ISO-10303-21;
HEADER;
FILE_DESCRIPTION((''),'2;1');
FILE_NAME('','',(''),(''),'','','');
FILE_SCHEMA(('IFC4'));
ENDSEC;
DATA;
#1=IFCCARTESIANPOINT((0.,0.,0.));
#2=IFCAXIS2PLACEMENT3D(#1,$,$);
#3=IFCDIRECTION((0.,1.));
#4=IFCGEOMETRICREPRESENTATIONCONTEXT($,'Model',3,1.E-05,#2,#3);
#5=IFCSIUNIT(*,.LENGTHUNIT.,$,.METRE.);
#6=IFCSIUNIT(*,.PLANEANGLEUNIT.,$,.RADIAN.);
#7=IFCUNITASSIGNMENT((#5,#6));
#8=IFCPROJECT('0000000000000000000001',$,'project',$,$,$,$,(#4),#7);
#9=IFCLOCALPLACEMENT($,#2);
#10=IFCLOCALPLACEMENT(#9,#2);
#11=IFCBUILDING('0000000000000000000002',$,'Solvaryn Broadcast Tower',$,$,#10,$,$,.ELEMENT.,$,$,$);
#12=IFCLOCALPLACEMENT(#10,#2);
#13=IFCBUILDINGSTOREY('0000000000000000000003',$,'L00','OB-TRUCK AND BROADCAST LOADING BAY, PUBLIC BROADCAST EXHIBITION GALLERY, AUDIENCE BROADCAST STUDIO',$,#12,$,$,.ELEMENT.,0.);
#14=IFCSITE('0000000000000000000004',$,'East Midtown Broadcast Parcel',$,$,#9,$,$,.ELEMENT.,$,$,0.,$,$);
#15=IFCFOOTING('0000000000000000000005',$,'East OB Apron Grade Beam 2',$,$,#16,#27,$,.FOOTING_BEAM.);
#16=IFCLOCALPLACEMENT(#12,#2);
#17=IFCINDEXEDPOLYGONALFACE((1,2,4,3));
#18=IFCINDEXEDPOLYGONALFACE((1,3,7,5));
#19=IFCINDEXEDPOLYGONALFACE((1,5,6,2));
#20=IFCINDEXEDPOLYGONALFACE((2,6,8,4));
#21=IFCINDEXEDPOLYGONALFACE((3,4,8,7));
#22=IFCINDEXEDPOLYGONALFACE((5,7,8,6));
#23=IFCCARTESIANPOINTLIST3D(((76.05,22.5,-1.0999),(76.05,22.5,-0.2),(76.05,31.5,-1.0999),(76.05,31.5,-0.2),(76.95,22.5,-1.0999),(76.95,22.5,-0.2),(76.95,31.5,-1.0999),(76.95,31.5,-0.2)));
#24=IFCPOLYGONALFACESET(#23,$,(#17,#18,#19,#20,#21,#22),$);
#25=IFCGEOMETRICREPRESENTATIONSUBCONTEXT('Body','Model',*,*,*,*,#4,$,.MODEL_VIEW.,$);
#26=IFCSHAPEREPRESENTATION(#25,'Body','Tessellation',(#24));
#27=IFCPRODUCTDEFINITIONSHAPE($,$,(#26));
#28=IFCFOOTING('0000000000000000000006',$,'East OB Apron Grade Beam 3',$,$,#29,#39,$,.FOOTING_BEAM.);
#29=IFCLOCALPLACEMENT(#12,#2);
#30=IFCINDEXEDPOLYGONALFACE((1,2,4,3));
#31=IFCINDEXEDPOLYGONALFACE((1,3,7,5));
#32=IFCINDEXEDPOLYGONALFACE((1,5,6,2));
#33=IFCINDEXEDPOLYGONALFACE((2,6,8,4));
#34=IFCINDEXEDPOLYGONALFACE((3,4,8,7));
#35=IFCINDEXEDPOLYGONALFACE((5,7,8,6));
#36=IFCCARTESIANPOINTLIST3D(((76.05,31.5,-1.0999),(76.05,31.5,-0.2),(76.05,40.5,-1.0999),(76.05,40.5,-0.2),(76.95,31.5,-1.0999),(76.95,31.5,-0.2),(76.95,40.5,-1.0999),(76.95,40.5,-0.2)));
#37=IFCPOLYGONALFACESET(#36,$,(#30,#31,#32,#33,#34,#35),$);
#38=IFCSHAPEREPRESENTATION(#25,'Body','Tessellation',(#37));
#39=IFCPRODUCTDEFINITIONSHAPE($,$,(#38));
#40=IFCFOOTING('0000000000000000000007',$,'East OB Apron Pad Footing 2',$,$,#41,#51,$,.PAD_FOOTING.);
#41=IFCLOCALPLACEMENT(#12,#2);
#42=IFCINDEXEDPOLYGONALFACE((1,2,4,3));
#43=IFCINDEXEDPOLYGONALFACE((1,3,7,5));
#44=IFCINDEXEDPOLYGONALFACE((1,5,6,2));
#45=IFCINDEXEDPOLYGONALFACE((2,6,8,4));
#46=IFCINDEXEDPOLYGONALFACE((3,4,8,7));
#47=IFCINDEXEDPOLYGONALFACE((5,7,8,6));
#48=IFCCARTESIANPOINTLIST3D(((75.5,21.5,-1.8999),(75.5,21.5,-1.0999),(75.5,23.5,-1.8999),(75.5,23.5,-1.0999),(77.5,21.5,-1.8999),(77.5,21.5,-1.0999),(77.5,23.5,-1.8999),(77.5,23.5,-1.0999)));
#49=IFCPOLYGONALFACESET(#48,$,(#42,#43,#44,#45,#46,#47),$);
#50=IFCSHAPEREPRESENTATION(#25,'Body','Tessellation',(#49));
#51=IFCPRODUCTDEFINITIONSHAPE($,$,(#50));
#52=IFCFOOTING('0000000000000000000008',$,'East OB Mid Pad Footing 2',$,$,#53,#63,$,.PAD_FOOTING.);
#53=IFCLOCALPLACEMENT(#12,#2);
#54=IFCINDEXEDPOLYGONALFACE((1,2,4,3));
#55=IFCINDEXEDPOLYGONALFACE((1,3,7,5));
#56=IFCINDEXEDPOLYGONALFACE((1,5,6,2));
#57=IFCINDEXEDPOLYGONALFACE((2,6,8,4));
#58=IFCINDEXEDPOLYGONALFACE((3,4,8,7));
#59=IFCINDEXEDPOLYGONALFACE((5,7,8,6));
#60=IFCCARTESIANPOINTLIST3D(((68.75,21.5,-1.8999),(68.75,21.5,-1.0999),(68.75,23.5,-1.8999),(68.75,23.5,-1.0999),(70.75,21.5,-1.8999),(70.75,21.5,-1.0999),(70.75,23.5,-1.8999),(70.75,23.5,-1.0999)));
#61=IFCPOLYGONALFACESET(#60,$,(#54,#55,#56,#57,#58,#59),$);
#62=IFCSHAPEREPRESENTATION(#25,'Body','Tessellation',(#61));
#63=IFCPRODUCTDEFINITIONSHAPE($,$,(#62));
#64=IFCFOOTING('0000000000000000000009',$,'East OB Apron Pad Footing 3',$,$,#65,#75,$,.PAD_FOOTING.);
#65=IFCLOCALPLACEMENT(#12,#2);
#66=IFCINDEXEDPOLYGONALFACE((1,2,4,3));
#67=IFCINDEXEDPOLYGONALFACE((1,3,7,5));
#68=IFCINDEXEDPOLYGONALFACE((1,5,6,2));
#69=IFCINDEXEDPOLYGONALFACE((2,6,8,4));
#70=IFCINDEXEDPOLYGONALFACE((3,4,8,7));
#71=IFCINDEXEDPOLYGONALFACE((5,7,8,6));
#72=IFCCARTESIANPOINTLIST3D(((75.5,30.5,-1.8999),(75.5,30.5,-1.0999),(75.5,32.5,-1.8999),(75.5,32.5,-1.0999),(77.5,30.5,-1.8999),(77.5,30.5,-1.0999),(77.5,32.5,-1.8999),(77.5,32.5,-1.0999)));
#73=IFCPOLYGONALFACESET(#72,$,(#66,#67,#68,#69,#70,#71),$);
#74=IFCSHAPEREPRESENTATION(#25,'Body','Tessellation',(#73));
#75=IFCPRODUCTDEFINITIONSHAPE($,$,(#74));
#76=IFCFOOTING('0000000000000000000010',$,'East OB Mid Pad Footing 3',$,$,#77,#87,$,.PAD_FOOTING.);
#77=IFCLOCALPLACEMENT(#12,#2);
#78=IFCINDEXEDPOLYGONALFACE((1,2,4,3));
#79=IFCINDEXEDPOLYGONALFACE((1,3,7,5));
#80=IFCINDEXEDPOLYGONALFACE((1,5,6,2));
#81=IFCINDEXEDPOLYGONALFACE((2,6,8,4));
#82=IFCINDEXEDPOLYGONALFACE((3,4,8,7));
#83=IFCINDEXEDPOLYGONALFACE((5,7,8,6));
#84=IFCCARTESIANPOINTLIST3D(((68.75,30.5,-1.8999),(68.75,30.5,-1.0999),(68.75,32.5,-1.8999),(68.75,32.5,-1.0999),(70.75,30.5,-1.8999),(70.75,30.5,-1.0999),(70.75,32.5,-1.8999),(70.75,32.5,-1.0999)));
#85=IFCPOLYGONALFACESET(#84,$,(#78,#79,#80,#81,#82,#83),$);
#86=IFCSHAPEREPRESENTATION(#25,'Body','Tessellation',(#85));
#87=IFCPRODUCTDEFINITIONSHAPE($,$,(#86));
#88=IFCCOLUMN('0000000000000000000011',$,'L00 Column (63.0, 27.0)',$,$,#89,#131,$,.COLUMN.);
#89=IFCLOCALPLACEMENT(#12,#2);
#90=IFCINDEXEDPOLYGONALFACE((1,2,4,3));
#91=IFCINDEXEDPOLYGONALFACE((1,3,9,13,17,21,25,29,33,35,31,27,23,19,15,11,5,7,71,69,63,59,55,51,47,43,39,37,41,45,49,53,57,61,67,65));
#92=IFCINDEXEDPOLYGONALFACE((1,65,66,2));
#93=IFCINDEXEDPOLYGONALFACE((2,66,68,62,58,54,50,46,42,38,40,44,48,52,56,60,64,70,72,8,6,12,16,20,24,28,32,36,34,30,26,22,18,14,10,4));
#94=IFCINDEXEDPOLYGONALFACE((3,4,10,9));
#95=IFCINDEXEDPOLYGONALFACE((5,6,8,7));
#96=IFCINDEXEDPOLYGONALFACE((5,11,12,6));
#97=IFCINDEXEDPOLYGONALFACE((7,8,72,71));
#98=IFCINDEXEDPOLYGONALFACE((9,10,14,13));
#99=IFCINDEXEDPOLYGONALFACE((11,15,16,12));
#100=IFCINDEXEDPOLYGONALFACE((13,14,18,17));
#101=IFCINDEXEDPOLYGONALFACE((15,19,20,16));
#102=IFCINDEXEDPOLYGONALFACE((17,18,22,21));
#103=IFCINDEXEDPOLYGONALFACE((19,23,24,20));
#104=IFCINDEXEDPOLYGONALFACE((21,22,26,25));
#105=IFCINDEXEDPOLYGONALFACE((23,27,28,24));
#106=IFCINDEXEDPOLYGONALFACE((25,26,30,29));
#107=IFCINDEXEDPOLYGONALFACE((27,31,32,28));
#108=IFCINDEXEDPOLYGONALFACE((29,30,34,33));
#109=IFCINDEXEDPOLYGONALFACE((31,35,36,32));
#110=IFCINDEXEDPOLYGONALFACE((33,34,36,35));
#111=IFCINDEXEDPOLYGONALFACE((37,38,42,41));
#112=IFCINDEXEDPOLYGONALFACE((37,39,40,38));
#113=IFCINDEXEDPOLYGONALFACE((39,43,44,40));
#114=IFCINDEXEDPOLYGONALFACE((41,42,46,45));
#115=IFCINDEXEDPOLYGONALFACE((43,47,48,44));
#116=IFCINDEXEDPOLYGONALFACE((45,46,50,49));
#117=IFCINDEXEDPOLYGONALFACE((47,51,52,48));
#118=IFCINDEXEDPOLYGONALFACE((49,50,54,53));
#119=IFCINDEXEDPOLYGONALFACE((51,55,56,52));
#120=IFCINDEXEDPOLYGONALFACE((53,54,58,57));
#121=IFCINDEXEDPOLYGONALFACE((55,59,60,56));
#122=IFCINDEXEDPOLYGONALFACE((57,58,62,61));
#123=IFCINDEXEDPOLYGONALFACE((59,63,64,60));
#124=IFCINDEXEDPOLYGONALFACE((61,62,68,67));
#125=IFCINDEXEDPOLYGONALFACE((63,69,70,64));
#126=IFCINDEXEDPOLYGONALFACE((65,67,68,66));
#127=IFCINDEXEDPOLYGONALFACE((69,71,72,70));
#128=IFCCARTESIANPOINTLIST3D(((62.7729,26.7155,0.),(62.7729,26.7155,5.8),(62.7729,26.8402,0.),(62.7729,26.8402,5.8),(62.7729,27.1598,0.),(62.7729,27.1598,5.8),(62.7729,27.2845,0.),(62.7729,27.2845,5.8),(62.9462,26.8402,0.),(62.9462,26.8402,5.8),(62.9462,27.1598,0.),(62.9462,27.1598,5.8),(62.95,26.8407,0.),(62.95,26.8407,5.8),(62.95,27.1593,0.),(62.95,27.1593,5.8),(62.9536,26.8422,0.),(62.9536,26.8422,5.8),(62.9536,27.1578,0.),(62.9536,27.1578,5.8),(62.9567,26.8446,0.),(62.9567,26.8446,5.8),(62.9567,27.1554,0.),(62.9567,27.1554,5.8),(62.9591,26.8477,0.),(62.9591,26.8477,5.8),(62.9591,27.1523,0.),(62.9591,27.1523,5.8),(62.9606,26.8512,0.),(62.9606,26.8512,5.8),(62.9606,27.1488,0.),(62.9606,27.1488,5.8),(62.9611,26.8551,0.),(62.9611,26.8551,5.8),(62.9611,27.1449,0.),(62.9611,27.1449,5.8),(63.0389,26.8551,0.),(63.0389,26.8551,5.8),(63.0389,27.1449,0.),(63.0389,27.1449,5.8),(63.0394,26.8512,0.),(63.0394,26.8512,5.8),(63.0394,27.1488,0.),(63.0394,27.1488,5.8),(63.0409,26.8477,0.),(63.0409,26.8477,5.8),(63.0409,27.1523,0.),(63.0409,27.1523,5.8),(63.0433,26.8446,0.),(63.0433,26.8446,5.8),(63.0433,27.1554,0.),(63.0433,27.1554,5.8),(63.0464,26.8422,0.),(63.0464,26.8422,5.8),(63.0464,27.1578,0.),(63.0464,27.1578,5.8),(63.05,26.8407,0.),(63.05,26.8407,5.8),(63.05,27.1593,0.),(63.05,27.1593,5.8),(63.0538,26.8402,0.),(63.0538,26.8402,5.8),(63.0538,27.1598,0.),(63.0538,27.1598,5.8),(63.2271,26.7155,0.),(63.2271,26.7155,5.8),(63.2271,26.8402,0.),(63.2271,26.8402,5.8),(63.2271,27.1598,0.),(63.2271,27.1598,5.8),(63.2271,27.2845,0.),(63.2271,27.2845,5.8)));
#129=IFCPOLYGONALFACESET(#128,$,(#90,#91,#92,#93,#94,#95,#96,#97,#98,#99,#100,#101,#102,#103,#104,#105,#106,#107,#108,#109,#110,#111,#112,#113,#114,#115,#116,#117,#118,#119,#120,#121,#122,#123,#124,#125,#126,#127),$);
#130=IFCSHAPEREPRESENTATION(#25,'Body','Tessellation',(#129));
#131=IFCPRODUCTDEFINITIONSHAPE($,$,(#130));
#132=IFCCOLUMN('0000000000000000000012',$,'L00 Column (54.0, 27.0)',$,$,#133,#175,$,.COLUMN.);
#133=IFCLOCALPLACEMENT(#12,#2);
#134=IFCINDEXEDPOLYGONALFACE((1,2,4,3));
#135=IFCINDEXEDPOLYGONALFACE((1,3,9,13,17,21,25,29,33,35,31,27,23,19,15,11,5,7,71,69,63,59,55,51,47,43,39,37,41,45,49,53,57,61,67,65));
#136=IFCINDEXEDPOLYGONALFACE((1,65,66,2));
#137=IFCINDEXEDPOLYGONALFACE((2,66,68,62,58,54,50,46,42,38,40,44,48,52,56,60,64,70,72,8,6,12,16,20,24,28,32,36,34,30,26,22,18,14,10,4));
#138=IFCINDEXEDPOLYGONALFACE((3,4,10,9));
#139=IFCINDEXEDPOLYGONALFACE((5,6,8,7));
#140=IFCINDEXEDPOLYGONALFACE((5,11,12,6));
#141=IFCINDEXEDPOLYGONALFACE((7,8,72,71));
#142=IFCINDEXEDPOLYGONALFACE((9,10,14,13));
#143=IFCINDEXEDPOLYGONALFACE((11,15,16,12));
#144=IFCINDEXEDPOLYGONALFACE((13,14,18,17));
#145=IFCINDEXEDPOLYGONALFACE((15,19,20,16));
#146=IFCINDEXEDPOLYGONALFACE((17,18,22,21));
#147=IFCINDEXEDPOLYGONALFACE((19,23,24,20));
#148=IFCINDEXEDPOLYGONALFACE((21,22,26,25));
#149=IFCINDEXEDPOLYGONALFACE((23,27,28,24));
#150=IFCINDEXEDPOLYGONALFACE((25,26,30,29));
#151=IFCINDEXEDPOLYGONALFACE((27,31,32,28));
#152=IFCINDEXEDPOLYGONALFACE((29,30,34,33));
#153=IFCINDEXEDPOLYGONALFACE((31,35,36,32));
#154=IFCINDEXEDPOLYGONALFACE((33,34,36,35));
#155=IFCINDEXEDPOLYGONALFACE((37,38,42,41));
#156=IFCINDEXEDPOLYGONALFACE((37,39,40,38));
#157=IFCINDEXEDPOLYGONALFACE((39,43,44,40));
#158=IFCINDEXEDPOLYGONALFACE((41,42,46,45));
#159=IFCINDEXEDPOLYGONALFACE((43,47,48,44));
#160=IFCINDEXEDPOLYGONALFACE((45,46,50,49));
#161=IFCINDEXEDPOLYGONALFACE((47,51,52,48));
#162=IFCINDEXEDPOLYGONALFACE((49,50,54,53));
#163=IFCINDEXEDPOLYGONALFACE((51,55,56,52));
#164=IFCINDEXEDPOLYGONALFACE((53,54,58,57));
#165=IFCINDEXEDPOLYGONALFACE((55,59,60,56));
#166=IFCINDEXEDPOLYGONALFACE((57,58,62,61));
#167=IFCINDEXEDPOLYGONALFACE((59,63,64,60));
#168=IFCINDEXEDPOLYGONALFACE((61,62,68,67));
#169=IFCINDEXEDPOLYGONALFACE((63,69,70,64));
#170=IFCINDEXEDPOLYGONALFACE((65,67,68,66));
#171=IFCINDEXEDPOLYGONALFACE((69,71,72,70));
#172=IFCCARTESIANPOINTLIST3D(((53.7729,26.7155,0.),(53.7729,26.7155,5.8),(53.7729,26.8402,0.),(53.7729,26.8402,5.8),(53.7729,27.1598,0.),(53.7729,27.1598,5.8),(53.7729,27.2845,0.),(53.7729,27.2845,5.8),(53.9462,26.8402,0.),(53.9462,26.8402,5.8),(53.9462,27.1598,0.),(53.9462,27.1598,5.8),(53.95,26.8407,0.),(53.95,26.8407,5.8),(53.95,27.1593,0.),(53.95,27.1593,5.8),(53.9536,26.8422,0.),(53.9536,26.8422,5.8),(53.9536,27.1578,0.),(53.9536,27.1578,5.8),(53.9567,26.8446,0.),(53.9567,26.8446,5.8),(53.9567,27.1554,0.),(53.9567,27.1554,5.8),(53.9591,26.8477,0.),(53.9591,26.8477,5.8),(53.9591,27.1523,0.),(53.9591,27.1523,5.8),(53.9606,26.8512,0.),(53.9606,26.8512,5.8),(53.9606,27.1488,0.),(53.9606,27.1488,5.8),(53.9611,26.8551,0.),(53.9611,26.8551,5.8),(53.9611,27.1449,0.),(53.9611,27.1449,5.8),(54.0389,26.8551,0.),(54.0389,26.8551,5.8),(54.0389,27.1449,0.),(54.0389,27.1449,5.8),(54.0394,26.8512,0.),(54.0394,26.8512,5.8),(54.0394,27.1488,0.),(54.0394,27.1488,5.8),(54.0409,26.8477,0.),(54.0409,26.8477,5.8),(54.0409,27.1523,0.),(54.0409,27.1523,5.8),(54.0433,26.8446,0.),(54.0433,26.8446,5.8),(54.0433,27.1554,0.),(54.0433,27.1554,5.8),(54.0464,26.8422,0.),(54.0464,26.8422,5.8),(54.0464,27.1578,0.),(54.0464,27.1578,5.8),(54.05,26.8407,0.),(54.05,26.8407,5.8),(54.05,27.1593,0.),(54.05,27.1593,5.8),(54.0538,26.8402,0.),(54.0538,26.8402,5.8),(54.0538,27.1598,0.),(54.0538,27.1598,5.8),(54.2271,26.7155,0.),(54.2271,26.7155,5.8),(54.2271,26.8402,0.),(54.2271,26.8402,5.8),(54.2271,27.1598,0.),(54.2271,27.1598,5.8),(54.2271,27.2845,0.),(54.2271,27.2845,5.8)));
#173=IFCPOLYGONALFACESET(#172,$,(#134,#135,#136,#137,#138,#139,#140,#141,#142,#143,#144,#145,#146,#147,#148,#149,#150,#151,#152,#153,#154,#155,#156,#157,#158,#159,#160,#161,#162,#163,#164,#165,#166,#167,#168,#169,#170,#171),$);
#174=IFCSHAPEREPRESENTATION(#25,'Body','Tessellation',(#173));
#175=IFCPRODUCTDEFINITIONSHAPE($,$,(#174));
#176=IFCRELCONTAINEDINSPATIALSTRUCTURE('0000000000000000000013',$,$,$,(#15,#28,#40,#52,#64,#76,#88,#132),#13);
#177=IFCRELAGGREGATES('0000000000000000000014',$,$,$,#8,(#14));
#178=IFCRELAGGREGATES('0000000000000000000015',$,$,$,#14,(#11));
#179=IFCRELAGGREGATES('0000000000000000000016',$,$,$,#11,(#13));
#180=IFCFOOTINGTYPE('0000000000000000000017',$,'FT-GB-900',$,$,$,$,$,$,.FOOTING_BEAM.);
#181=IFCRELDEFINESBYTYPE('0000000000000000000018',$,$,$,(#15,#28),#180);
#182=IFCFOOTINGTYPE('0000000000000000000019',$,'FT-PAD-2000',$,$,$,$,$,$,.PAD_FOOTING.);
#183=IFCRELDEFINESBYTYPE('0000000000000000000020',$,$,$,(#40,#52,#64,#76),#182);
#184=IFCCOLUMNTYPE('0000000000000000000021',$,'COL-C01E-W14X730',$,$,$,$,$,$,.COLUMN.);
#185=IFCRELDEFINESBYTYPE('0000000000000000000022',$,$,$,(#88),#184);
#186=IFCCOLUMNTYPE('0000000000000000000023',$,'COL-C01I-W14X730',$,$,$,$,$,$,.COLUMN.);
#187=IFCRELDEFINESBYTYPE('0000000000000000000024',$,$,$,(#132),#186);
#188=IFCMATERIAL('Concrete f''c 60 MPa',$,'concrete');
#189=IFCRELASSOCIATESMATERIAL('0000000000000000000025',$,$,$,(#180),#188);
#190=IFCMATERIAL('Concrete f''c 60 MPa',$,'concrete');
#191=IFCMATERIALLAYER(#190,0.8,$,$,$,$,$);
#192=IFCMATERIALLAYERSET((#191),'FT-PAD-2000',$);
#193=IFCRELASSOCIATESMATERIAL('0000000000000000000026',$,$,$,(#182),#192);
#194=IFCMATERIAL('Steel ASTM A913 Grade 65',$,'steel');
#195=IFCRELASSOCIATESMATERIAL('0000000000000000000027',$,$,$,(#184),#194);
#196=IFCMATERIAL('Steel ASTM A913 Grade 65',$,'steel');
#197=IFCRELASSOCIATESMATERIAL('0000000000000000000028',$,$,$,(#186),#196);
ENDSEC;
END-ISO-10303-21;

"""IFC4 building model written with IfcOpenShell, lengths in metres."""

from ifc_helpers import new_model, si_unit, direction, frame, origin, origin_2d, place, context, subcontext, project, spatial, rectangle, i_section, extrude, material, layer, layer_set, material_profile, profile_set, type_object, element, save


model = new_model("IFC4")

# Units and contexts
model_context = context("Model", 3, precision=1e-05, world=origin(), true_north=direction((0.0, 1.0)))
body_context = subcontext(model_context, "Body", "Model", "MODEL_VIEW")
ifc_project = project(units=[si_unit("LENGTHUNIT", "METRE"), si_unit("PLANEANGLEUNIT", "RADIAN")], contexts=[model_context])

# Site, building, storey
site_placement = place(None, origin())
site = spatial("IfcSite", under=ifc_project, at=site_placement, Name="East Midtown Broadcast Parcel", CompositionType="ELEMENT", RefElevation=0.0)
building_placement = place(site_placement, origin())
building = spatial("IfcBuilding", under=site, at=building_placement, Name="Solvaryn Broadcast Tower", CompositionType="ELEMENT")
storey_placement = place(building_placement, origin())
storey = spatial("IfcBuildingStorey", under=building, at=storey_placement, Name="L00", Description="OB-TRUCK AND BROADCAST LOADING BAY, PUBLIC BROADCAST EXHIBITION GALLERY, AUDIENCE BROADCAST STUDIO", CompositionType="ELEMENT", Elevation=0.0)

# Footings
ifc_material_1 = material(Name="Concrete f'c 60 MPa", Category="concrete")
ifc_material_profile_1 = material_profile(ifc_material_1, rectangle(XDim=0.8999, YDim=0.8999, at=origin_2d()))
ifc_profile_set_1 = profile_set([ifc_material_profile_1], Name="Concrete f'c 60 MPa")
footing_type_1 = type_object("IfcFootingType", Name="FT-GB-900", PredefinedType="FOOTING_BEAM", material=ifc_profile_set_1)
for number, where, z_axis, x_axis, name in (
    (1, (76.5, 22.5, -0.6499), (0.0, 1.0, 0.0), (-1.0, 0.0, 0.0), "East OB Apron Grade Beam 2"),
    (2, (76.5, 31.5, -0.6499), (0.0, 1.0, 0.0), (-1.0, 0.0, 0.0), "East OB Apron Grade Beam 3"),
):
    element("IfcFooting", number, at=place(storey_placement, frame(where, z_axis=z_axis, x_axis=x_axis)), inside=storey, type_object=footing_type_1, Name=name, PredefinedType="FOOTING_BEAM", context=body_context, shape_type="SweptSolid", body=[
        extrude(rectangle(XDim=0.8999, YDim=0.8999, at=origin_2d()), origin(), (0.0, 0.0, 1.0), 9.0),
    ])
ifc_material_2 = material(Name="Concrete f'c 60 MPa", Category="concrete")
ifc_layer = layer(ifc_material_2, 0.8)
ifc_layer_set = layer_set([ifc_layer], Name="FT-PAD-2000")
footing_type_2 = type_object("IfcFootingType", Name="FT-PAD-2000", PredefinedType="PAD_FOOTING", material=ifc_layer_set)
for number, where, z_axis, x_axis, name in (
    (3, (76.5, 22.5, -1.8999), (0.0, 0.0, 1.0), (1.0, 0.0, 0.0), "East OB Apron Pad Footing 2"),
    (4, (69.75, 22.5, -1.8999), (0.0, 0.0, 1.0), (1.0, 0.0, 0.0), "East OB Mid Pad Footing 2"),
    (5, (76.5, 31.5, -1.8999), (0.0, 0.0, 1.0), (1.0, 0.0, 0.0), "East OB Apron Pad Footing 3"),
    (6, (69.75, 31.5, -1.8999), (0.0, 0.0, 1.0), (1.0, 0.0, 0.0), "East OB Mid Pad Footing 3"),
):
    element("IfcFooting", number, at=place(storey_placement, frame(where, z_axis=z_axis, x_axis=x_axis)), inside=storey, type_object=footing_type_2, Name=name, PredefinedType="PAD_FOOTING", context=body_context, shape_type="SweptSolid", body=[
        extrude(rectangle(XDim=2.0, YDim=2.0, at=origin_2d()), origin(), (0.0, 0.0, 1.0), 0.8),
    ])

# Columns
ifc_material_3 = material(Name="Steel ASTM A913 Grade 65", Category="steel")
ifc_material_profile_2 = material_profile(ifc_material_3, i_section(OverallWidth=0.4541, OverallDepth=0.5691, WebThickness=0.0779, FlangeThickness=0.1248, FilletRadius=0.0149, at=origin_2d()))
ifc_profile_set_2 = profile_set([ifc_material_profile_2], Name="Steel ASTM A913 Grade 65")
column_type_1 = type_object("IfcColumnType", Name="COL-C01E-W14X730", PredefinedType="COLUMN", material=ifc_profile_set_2)
column_placement = place(storey_placement, frame((63.0, 27.0, 0.0), z_axis=(0.0, 0.0, 1.0), x_axis=(1.0, 0.0, 0.0)))
element("IfcColumn", 7, at=column_placement, inside=storey, type_object=column_type_1, Name="L00 Column (63.0, 27.0)", PredefinedType="COLUMN", context=body_context, shape_type="SweptSolid", body=[
    extrude(i_section(OverallWidth=0.4541, OverallDepth=0.5691, WebThickness=0.0779, FlangeThickness=0.1248, FilletRadius=0.0149, at=origin_2d()), origin(), (0.0, 0.0, 1.0), 5.8),
])
ifc_material_4 = material(Name="Steel ASTM A913 Grade 65", Category="steel")
ifc_material_profile_3 = material_profile(ifc_material_4, i_section(OverallWidth=0.4541, OverallDepth=0.5691, WebThickness=0.0779, FlangeThickness=0.1248, FilletRadius=0.0149, at=origin_2d()))
ifc_profile_set_3 = profile_set([ifc_material_profile_3], Name="Steel ASTM A913 Grade 65")
column_type_2 = type_object("IfcColumnType", Name="COL-C01I-W14X730", PredefinedType="COLUMN", material=ifc_profile_set_3)
for number, where, z_axis, x_axis, name in (
    (8, (54.0, 27.0, 0.0), (0.0, 0.0, 1.0), (1.0, 0.0, 0.0), "L00 Column (54.0, 27.0)"),
):
    element("IfcColumn", number, at=place(storey_placement, frame(where, z_axis=z_axis, x_axis=x_axis)), inside=storey, type_object=column_type_2, Name=name, PredefinedType="COLUMN", context=body_context, shape_type="SweptSolid", body=[
        extrude(i_section(OverallWidth=0.4541, OverallDepth=0.5691, WebThickness=0.0779, FlangeThickness=0.1248, FilletRadius=0.0149, at=origin_2d()), origin(), (0.0, 0.0, 1.0), 5.8),
    ])

save(model, "model.ifc")
